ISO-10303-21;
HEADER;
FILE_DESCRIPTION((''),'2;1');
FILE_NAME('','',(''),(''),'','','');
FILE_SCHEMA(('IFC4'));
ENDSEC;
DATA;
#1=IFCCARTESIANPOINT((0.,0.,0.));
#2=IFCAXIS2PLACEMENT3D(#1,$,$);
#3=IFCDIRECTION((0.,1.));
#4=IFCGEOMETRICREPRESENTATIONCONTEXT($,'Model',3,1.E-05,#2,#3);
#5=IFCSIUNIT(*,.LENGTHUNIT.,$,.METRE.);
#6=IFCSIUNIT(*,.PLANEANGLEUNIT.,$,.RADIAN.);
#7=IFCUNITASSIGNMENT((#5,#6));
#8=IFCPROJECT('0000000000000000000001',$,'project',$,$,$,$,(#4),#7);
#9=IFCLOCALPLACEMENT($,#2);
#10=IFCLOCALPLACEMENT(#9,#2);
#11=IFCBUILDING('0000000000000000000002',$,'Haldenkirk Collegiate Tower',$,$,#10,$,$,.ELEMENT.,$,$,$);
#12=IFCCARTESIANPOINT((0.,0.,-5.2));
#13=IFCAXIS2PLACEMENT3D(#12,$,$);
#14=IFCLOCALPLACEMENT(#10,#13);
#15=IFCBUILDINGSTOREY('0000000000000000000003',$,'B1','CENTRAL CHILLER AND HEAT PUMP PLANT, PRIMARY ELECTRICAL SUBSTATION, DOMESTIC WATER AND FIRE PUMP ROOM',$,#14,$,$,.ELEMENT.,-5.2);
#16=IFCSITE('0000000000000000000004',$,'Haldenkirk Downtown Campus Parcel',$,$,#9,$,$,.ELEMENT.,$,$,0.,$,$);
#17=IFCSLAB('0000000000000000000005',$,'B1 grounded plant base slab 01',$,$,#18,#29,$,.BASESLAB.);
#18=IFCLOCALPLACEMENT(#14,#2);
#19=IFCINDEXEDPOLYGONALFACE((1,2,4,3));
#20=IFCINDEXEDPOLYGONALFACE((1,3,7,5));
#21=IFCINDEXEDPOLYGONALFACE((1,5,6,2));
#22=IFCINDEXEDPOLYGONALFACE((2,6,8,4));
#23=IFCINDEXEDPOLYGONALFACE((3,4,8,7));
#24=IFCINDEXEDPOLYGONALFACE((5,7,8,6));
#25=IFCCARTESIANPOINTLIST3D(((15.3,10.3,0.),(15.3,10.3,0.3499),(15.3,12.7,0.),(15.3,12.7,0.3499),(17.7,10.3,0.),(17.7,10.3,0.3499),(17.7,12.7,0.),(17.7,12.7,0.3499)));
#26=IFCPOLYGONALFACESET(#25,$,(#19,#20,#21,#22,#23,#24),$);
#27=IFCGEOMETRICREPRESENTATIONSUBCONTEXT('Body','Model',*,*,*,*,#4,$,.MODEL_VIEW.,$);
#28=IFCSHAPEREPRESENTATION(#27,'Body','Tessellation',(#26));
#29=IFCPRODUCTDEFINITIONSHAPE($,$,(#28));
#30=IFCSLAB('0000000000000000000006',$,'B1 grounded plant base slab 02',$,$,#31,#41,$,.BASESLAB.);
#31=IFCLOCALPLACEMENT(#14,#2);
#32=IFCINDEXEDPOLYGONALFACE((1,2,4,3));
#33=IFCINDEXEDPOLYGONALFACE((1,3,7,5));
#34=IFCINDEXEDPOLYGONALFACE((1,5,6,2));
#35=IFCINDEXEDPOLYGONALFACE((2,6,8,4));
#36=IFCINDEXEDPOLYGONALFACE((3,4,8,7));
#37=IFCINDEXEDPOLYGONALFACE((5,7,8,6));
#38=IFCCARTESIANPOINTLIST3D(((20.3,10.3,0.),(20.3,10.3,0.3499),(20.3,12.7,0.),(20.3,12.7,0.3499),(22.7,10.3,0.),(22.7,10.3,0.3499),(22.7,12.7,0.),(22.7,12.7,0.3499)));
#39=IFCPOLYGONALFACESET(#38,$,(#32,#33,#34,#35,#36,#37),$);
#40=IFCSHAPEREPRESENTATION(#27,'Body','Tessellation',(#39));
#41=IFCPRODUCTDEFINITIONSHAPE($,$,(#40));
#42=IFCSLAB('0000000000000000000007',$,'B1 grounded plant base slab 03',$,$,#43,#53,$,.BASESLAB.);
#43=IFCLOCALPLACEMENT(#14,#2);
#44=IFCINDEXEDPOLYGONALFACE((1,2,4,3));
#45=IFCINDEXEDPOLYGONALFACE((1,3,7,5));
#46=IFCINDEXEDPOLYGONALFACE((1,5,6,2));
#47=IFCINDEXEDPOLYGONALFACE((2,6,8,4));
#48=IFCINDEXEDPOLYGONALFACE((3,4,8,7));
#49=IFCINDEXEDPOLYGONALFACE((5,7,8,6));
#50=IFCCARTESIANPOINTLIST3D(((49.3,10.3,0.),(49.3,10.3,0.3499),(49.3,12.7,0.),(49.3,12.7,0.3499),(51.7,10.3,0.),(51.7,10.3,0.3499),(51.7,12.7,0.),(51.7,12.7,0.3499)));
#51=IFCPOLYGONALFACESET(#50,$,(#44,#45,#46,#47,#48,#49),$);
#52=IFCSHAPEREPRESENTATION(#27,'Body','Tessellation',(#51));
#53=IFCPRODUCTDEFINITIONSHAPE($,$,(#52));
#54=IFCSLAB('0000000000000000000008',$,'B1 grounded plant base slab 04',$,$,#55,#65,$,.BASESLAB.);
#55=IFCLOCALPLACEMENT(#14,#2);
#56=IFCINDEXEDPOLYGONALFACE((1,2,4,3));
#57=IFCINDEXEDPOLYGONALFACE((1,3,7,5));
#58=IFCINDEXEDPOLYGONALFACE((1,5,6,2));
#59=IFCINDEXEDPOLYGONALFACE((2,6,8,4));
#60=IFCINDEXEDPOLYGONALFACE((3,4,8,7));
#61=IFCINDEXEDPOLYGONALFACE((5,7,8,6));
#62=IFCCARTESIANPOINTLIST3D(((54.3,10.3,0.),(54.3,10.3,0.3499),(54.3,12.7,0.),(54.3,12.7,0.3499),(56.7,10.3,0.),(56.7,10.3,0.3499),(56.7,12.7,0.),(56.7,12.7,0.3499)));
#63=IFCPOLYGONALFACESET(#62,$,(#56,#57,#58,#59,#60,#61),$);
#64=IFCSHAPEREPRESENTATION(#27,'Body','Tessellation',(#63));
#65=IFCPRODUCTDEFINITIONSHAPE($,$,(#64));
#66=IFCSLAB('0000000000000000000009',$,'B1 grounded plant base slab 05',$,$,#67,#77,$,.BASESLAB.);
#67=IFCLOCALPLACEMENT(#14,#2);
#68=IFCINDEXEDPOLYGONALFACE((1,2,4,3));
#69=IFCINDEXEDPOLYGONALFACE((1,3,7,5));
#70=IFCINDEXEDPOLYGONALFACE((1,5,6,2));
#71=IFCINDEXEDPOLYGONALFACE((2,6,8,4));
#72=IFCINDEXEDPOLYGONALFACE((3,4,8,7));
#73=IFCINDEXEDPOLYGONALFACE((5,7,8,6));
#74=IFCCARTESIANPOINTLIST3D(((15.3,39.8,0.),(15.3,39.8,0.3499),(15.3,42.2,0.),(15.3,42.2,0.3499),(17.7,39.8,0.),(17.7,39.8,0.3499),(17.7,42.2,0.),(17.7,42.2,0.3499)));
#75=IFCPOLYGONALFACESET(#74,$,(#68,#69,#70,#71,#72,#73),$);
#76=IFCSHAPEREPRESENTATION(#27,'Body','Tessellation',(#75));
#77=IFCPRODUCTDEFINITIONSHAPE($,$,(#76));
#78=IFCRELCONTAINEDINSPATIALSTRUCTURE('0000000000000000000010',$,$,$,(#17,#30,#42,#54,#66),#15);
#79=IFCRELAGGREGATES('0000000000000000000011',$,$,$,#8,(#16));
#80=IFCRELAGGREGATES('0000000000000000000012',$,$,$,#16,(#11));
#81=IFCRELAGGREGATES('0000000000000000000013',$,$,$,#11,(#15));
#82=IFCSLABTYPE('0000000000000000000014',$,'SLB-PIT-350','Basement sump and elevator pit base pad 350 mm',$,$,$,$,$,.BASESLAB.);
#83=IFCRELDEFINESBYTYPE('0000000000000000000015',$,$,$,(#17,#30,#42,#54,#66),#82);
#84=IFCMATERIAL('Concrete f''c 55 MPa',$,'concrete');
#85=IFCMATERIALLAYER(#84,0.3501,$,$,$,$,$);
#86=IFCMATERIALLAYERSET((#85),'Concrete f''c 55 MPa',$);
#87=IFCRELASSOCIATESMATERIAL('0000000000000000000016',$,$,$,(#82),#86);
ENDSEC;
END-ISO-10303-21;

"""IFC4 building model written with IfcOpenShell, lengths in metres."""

from ifc_helpers import new_model, si_unit, direction, frame, origin, place, context, subcontext, project, spatial, polyline, outline, extrude, material, layer, layer_set, type_object, element, save


model = new_model("IFC4")

# Units and contexts
model_context = context("Model", 3, precision=1e-05, world=origin(), true_north=direction((0.0, 1.0)))
body_context = subcontext(model_context, "Body", "Model", "MODEL_VIEW")
ifc_project = project(units=[si_unit("LENGTHUNIT", "METRE"), si_unit("PLANEANGLEUNIT", "RADIAN")], contexts=[model_context])

# Site, building, storey
site_placement = place(None, origin())
site = spatial("IfcSite", under=ifc_project, at=site_placement, Name="Haldenkirk Downtown Campus Parcel", CompositionType="ELEMENT", RefElevation=0.0)
building_placement = place(site_placement, origin())
building = spatial("IfcBuilding", under=site, at=building_placement, Name="Haldenkirk Collegiate Tower", CompositionType="ELEMENT")
storey_placement = place(building_placement, frame((0.0, 0.0, -5.2)))
storey = spatial("IfcBuildingStorey", under=building, at=storey_placement, Name="B1", Description="CENTRAL CHILLER AND HEAT PUMP PLANT, PRIMARY ELECTRICAL SUBSTATION, DOMESTIC WATER AND FIRE PUMP ROOM", CompositionType="ELEMENT", Elevation=-5.2)

# Shared definitions
ifc_material_1 = material(Name="Concrete f'c 55 MPa", Category="concrete")

# Slabs
ifc_layer = layer(ifc_material_1, 0.3501)
ifc_layer_set = layer_set([ifc_layer], Name="Concrete f'c 55 MPa")
slab_type = type_object("IfcSlabType", Name="SLB-PIT-350", Description="Basement sump and elevator pit base pad 350 mm", PredefinedType="BASESLAB", material=ifc_layer_set)
slab_1_placement = place(storey_placement, origin())
element("IfcSlab", 1, at=slab_1_placement, inside=storey, type_object=slab_type, Name="B1 grounded plant base slab 01", PredefinedType="BASESLAB", context=body_context, shape_type="SweptSolid", body=[
    extrude(outline(polyline([(15.3, 10.3), (17.7, 10.3), (17.7, 12.7), (15.3, 12.7), (15.3, 10.3)])), origin(), (0.0, 0.0, 1.0), 0.3499),
])
slab_2_placement = place(storey_placement, origin())
element("IfcSlab", 2, at=slab_2_placement, inside=storey, type_object=slab_type, Name="B1 grounded plant base slab 02", PredefinedType="BASESLAB", context=body_context, shape_type="SweptSolid", body=[
    extrude(outline(polyline([(20.3, 10.3), (22.7, 10.3), (22.7, 12.7), (20.3, 12.7), (20.3, 10.3)])), origin(), (0.0, 0.0, 1.0), 0.3499),
])
slab_3_placement = place(storey_placement, origin())
element("IfcSlab", 3, at=slab_3_placement, inside=storey, type_object=slab_type, Name="B1 grounded plant base slab 03", PredefinedType="BASESLAB", context=body_context, shape_type="SweptSolid", body=[
    extrude(outline(polyline([(49.3, 10.3), (51.7, 10.3), (51.7, 12.7), (49.3, 12.7), (49.3, 10.3)])), origin(), (0.0, 0.0, 1.0), 0.3499),
])
slab_4_placement = place(storey_placement, origin())
element("IfcSlab", 4, at=slab_4_placement, inside=storey, type_object=slab_type, Name="B1 grounded plant base slab 04", PredefinedType="BASESLAB", context=body_context, shape_type="SweptSolid", body=[
    extrude(outline(polyline([(54.3, 10.3), (56.7, 10.3), (56.7, 12.7), (54.3, 12.7), (54.3, 10.3)])), origin(), (0.0, 0.0, 1.0), 0.3499),
])
slab_5_placement = place(storey_placement, origin())
element("IfcSlab", 5, at=slab_5_placement, inside=storey, type_object=slab_type, Name="B1 grounded plant base slab 05", PredefinedType="BASESLAB", context=body_context, shape_type="SweptSolid", body=[
    extrude(outline(polyline([(15.3, 39.8), (17.7, 39.8), (17.7, 42.2), (15.3, 42.2), (15.3, 39.8)])), origin(), (0.0, 0.0, 1.0), 0.3499),
])

save(model, "model.ifc")
